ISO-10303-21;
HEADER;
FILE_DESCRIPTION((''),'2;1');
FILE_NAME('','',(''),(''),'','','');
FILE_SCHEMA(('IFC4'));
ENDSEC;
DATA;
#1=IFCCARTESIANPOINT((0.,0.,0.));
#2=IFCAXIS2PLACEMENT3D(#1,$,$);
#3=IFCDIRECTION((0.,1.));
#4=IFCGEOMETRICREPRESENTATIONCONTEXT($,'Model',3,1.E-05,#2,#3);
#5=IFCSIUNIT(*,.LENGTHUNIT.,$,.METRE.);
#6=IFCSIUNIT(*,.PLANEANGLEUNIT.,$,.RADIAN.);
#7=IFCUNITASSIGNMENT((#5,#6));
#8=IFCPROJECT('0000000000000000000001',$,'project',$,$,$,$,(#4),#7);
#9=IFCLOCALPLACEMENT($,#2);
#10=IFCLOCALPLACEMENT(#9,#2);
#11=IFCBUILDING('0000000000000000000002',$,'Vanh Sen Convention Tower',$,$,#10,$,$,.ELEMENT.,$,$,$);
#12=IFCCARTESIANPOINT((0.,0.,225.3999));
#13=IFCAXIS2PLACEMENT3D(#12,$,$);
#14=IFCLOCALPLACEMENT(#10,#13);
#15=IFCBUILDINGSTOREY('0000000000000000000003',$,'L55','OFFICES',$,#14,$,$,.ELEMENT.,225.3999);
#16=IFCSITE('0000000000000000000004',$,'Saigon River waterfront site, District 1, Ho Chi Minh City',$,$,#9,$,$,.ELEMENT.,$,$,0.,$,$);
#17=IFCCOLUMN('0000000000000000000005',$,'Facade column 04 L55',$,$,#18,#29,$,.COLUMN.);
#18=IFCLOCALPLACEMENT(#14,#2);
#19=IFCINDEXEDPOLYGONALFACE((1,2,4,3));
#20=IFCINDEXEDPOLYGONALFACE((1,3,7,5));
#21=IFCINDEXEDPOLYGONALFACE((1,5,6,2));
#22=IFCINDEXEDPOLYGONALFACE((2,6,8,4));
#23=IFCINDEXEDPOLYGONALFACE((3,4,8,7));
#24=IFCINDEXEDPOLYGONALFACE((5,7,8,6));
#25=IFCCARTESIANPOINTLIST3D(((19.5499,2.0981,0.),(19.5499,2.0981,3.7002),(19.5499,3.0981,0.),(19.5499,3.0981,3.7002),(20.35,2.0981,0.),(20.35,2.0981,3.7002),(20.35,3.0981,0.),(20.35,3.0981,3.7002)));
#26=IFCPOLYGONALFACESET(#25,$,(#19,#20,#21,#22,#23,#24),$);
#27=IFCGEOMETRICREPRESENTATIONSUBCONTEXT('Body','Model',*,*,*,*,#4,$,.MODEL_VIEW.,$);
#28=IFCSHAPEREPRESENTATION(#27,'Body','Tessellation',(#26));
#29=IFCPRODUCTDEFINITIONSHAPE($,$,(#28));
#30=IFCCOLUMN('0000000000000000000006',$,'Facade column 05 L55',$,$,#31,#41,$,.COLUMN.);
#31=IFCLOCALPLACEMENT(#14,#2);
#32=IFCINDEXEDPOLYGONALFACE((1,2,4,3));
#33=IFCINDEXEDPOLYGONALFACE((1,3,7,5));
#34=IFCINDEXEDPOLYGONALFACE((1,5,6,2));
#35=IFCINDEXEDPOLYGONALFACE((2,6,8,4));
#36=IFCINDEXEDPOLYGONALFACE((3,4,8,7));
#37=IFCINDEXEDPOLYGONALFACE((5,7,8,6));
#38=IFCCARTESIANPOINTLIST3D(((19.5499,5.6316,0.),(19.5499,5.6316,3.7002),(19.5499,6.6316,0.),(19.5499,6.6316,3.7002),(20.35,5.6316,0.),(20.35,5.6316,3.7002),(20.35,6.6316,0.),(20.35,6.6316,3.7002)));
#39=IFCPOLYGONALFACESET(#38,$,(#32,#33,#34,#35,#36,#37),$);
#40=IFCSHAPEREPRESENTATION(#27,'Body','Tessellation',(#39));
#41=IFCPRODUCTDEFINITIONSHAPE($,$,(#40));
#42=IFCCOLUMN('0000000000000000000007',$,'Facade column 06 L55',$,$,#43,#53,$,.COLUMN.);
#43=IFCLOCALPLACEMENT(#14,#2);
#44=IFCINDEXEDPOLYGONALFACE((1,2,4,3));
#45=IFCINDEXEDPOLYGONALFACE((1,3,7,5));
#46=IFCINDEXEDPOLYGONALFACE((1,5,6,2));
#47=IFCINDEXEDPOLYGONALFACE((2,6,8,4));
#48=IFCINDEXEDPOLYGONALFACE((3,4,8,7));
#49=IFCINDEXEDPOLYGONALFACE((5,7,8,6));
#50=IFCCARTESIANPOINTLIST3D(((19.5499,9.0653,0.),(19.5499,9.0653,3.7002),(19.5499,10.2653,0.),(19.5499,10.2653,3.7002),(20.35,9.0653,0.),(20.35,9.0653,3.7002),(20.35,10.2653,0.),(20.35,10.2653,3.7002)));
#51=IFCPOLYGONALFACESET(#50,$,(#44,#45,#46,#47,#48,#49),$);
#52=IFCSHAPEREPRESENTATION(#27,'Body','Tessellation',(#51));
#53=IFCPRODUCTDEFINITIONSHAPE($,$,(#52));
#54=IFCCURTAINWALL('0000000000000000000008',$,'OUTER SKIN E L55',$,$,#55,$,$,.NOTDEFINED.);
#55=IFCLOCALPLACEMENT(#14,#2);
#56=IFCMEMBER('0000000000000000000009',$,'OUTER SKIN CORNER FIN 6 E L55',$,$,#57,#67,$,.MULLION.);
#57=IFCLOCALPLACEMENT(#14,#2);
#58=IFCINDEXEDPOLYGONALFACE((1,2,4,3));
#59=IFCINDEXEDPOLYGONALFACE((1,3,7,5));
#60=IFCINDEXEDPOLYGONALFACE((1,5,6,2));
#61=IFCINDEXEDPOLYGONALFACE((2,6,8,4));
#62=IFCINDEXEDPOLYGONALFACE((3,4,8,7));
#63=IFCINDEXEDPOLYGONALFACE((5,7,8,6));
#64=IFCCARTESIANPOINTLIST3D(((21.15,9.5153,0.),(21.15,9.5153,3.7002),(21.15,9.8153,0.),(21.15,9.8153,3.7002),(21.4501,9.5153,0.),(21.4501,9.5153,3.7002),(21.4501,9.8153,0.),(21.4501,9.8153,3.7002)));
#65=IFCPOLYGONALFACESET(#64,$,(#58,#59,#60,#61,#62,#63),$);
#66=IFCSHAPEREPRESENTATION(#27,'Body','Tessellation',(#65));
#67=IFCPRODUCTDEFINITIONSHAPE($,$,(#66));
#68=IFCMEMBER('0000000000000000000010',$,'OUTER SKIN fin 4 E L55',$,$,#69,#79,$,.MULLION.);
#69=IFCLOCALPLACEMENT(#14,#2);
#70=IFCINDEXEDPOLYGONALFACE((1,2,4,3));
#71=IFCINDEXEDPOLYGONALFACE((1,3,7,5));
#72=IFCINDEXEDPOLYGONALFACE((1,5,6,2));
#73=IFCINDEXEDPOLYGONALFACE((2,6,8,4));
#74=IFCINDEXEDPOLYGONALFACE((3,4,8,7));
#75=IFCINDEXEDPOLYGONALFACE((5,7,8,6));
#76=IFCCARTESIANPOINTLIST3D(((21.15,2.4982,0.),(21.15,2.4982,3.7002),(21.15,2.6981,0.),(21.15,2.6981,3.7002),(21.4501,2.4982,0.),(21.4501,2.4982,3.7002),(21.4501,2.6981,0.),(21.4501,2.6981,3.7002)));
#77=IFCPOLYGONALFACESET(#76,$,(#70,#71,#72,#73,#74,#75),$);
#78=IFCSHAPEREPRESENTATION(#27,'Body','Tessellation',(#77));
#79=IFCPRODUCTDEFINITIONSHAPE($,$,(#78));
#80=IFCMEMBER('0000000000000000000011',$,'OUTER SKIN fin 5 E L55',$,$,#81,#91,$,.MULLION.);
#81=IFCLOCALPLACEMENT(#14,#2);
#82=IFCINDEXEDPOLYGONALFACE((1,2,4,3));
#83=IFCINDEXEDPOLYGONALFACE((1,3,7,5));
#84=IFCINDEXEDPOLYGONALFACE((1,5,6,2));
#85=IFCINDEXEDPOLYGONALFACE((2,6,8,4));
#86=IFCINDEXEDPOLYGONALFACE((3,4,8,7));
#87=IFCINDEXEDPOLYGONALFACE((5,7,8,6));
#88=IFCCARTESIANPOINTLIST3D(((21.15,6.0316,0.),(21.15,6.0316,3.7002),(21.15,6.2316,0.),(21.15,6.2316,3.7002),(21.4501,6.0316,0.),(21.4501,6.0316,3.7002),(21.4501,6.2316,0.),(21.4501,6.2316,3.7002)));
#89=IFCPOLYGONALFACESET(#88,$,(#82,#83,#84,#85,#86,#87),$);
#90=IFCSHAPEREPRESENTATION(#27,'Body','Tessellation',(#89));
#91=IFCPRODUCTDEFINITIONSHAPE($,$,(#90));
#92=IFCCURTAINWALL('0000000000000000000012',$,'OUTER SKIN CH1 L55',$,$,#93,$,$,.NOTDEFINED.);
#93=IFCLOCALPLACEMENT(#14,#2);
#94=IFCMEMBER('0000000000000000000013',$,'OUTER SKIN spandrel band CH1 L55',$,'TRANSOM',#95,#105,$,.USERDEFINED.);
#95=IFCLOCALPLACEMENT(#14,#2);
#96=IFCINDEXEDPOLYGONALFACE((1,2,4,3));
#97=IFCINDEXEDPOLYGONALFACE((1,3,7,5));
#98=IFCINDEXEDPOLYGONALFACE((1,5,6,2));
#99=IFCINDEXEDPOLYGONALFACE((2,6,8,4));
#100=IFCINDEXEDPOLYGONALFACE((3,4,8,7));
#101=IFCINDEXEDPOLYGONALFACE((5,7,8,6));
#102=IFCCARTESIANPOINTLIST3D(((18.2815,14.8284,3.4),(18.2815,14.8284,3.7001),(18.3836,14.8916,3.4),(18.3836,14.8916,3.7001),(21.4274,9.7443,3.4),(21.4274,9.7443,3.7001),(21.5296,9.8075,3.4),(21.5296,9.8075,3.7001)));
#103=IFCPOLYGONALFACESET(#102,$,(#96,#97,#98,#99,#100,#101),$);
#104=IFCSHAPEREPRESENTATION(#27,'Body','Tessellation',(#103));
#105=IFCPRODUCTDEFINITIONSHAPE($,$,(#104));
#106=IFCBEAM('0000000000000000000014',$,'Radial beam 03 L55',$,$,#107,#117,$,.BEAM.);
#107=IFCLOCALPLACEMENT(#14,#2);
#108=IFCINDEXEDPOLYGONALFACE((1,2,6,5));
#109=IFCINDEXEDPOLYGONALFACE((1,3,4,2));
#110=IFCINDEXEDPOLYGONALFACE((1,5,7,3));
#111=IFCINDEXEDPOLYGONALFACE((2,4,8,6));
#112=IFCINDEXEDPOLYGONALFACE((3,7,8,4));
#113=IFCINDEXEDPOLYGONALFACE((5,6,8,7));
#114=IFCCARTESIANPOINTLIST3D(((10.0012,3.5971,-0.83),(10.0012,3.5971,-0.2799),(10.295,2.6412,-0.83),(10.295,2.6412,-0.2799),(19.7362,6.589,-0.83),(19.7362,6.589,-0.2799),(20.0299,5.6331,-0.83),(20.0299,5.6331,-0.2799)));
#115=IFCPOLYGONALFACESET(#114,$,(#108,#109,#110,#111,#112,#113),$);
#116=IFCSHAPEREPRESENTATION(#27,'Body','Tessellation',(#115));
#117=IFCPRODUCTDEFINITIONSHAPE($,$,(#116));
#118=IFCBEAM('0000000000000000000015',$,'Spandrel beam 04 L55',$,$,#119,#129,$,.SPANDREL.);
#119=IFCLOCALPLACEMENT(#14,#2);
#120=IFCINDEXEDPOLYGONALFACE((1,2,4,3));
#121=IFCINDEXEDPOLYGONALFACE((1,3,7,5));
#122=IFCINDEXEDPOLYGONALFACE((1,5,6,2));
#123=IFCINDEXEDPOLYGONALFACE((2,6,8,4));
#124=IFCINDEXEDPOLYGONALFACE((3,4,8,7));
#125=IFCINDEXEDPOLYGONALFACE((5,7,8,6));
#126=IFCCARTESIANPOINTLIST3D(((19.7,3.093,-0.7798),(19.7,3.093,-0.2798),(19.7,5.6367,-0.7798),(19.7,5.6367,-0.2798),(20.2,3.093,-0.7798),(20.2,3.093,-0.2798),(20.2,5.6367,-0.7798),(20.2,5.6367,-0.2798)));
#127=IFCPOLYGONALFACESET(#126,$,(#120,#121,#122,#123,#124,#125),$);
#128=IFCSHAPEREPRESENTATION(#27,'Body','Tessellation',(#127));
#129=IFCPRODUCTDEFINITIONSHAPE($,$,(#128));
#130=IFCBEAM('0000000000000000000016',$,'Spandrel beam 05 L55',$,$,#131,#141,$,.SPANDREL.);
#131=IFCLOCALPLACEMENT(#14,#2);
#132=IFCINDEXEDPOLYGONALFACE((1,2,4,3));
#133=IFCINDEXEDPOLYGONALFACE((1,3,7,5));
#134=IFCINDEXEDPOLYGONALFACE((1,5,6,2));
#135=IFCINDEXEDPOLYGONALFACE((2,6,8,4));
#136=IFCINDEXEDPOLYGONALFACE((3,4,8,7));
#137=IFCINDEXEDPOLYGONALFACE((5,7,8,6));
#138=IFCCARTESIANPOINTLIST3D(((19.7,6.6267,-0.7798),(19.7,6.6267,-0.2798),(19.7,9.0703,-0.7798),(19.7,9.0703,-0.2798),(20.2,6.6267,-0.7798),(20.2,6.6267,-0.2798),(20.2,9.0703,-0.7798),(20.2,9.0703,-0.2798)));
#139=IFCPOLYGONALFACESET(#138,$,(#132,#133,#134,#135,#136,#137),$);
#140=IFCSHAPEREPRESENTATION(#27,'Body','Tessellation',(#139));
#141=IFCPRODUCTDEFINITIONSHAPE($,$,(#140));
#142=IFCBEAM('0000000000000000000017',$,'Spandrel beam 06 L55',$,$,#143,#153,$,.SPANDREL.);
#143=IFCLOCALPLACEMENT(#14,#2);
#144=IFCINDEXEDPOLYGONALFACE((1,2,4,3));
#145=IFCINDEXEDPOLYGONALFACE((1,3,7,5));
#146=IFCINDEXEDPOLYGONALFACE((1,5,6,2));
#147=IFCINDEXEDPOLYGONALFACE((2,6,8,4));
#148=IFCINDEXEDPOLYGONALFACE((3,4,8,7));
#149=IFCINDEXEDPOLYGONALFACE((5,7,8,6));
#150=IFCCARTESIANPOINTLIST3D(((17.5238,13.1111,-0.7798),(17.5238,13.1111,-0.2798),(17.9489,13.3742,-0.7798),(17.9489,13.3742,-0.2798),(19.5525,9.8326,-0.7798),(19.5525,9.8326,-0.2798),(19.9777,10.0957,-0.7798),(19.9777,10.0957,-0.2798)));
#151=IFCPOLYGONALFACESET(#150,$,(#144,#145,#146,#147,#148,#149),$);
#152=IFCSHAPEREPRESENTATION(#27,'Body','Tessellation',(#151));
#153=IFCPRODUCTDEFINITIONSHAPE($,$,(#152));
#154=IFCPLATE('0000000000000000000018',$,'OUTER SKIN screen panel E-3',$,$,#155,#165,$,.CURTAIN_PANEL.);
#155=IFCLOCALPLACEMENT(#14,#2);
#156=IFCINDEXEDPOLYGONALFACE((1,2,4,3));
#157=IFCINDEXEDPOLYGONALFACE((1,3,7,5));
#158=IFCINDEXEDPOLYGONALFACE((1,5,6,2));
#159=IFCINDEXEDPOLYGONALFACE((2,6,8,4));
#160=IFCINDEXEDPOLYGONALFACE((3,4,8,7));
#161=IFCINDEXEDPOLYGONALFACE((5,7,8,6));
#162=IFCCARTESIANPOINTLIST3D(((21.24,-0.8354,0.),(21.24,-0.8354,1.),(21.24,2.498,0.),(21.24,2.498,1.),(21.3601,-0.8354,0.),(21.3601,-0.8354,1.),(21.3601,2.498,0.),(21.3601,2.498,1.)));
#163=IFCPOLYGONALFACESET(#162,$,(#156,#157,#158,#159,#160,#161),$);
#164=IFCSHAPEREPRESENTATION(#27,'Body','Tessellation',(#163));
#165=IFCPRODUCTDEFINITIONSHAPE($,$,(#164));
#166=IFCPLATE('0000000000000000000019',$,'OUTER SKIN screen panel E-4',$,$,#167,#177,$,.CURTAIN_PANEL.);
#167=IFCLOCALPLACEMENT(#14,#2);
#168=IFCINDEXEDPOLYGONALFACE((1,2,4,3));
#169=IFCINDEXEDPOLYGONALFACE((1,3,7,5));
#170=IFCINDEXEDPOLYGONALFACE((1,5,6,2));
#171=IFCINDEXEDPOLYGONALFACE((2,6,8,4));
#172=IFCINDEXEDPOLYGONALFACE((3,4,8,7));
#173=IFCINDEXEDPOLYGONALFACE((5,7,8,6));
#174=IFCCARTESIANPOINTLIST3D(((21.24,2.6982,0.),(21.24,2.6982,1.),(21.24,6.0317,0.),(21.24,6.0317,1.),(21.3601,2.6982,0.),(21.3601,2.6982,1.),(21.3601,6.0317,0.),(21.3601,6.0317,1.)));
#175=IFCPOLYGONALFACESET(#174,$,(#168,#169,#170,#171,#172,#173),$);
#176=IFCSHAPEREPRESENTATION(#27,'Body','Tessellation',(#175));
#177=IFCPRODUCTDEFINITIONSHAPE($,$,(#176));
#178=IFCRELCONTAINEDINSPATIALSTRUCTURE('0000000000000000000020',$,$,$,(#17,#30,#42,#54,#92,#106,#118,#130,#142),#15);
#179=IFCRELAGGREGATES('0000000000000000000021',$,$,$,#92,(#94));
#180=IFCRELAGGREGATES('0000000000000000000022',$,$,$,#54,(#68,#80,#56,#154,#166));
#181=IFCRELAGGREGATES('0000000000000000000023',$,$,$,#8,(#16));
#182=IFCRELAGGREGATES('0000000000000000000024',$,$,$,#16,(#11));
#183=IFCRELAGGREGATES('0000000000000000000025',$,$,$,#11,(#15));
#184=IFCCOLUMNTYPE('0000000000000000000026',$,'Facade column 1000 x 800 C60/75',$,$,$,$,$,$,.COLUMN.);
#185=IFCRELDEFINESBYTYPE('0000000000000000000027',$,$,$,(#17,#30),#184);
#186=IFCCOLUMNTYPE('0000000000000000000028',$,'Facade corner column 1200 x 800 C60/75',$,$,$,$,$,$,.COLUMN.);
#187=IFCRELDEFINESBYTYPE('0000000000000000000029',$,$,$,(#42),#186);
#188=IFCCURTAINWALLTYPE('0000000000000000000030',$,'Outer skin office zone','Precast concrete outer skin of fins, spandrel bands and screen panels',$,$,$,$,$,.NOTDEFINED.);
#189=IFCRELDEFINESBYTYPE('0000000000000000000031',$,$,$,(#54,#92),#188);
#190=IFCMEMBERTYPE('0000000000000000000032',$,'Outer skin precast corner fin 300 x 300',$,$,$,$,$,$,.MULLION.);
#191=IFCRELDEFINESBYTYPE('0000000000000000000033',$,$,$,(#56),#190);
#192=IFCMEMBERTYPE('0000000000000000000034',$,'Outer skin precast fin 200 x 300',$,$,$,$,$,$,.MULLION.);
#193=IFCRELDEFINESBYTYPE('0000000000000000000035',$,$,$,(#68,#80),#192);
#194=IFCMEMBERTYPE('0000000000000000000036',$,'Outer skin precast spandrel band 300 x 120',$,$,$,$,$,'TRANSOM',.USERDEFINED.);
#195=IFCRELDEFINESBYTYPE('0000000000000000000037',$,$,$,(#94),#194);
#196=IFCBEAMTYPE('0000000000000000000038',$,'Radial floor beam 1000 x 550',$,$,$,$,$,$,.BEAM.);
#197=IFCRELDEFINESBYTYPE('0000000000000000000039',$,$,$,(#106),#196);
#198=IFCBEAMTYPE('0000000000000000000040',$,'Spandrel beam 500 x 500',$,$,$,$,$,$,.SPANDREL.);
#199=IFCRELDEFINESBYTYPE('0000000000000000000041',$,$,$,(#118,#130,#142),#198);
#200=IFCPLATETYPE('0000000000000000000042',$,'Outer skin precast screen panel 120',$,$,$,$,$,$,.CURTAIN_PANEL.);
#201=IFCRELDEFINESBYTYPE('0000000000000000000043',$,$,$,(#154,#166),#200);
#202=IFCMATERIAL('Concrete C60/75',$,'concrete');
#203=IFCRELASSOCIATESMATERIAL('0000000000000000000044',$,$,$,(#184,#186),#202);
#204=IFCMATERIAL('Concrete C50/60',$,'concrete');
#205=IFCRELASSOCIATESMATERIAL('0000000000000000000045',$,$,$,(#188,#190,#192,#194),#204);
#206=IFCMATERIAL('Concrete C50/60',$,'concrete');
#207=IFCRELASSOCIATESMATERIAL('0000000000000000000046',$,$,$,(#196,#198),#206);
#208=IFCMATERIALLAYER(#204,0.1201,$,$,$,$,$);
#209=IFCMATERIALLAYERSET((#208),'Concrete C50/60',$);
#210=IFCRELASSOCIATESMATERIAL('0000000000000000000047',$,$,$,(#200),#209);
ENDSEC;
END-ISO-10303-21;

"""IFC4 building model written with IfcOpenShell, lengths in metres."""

from ifc_helpers import new_model, si_unit, direction, frame, origin, origin_2d, place, context, subcontext, project, spatial, rectangle, extrude, material, layer, layer_set, material_profile, profile_set, type_object, element, aggregate, save


model = new_model("IFC4")

# Units and contexts
model_context = context("Model", 3, precision=1e-05, world=origin(), true_north=direction((0.0, 1.0)))
body_context = subcontext(model_context, "Body", "Model", "MODEL_VIEW")
ifc_project = project(units=[si_unit("LENGTHUNIT", "METRE"), si_unit("PLANEANGLEUNIT", "RADIAN")], contexts=[model_context])

# Site, building, storey
site_placement = place(None, origin())
site = spatial("IfcSite", under=ifc_project, at=site_placement, Name="Saigon River waterfront site, District 1, Ho Chi Minh City", CompositionType="ELEMENT", RefElevation=0.0)
building_placement = place(site_placement, origin())
building = spatial("IfcBuilding", under=site, at=building_placement, Name="Vanh Sen Convention Tower", CompositionType="ELEMENT")
storey_placement = place(building_placement, frame((0.0, 0.0, 225.3999)))
storey = spatial("IfcBuildingStorey", under=building, at=storey_placement, Name="L55", Description="OFFICES", CompositionType="ELEMENT", Elevation=225.3999)

# Columns
ifc_material_1 = material(Name="Concrete C60/75", Category="concrete")
ifc_material_profile_1 = material_profile(ifc_material_1, rectangle(XDim=1.0, YDim=0.8, at=origin_2d()), Name="RC 1000X800")
ifc_profile_set_1 = profile_set([ifc_material_profile_1], Name="Concrete C60/75")
column_type_1 = type_object("IfcColumnType", Name="Facade column 1000 x 800 C60/75", PredefinedType="COLUMN", material=ifc_profile_set_1)
for number, where, z_axis, x_axis, name in (
    (1, (19.95, 2.5981, 0.0), (0.0, 0.0, 1.0), (0.0, 1.0, 0.0), "Facade column 04 L55"),
    (2, (19.95, 6.1316, 0.0), (0.0, 0.0, 1.0), (0.0, 1.0, 0.0), "Facade column 05 L55"),
):
    element("IfcColumn", number, at=place(storey_placement, frame(where, z_axis=z_axis, x_axis=x_axis)), inside=storey, type_object=column_type_1, Name=name, PredefinedType="COLUMN", context=body_context, shape_type="SweptSolid", body=[
        extrude(rectangle(XDim=1.0, YDim=0.8, at=origin_2d()), origin(), (0.0, 0.0, 1.0), 3.7002),
    ])
ifc_material_profile_2 = material_profile(ifc_material_1, rectangle(XDim=1.2, YDim=0.8, at=origin_2d()), Name="RC 1200X800")
ifc_profile_set_2 = profile_set([ifc_material_profile_2], Name="Concrete C60/75")
column_type_2 = type_object("IfcColumnType", Name="Facade corner column 1200 x 800 C60/75", PredefinedType="COLUMN", material=ifc_profile_set_2)
column_placement = place(storey_placement, frame((19.95, 9.6653, 0.0), z_axis=(0.0, 0.0, 1.0), x_axis=(0.0, 1.0, 0.0)))
element("IfcColumn", 3, at=column_placement, inside=storey, type_object=column_type_2, Name="Facade column 06 L55", PredefinedType="COLUMN", context=body_context, shape_type="SweptSolid", body=[
    extrude(rectangle(XDim=1.2, YDim=0.8, at=origin_2d()), origin(), (0.0, 0.0, 1.0), 3.7002),
])

# Curtain wall, members
ifc_material_2 = material(Name="Concrete C50/60", Category="concrete")
curtain_wall_type = type_object("IfcCurtainWallType", Name="Outer skin office zone", Description="Precast concrete outer skin of fins, spandrel bands and screen panels", PredefinedType="NOTDEFINED", material=ifc_material_2)
curtain_wall_1_placement = place(storey_placement, origin())
curtain_wall_1 = element("IfcCurtainWall", 4, at=curtain_wall_1_placement, inside=storey, type_object=curtain_wall_type, Name="OUTER SKIN E L55", PredefinedType="NOTDEFINED")
ifc_material_profile_3 = material_profile(ifc_material_2, rectangle(XDim=0.3, YDim=0.3, at=origin_2d()), Name="Outer skin precast corner fin 300 x 300")
ifc_profile_set_3 = profile_set([ifc_material_profile_3], Name="Concrete C50/60")
member_type_1 = type_object("IfcMemberType", Name="Outer skin precast corner fin 300 x 300", PredefinedType="MULLION", material=ifc_profile_set_3)
member_1_placement = place(storey_placement, frame((21.3, 9.6653, 0.0), z_axis=(0.0, 0.0, 1.0), x_axis=(0.0, 1.0, 0.0)))
member_1 = element("IfcMember", 5, at=member_1_placement, type_object=member_type_1, Name="OUTER SKIN CORNER FIN 6 E L55", PredefinedType="MULLION", context=body_context, shape_type="SweptSolid", body=[
    extrude(rectangle(XDim=0.3, YDim=0.3, at=origin_2d()), origin(), (0.0, 0.0, 1.0), 3.7002),
])
ifc_material_profile_4 = material_profile(ifc_material_2, rectangle(XDim=0.2, YDim=0.3, at=origin_2d()), Name="Outer skin precast fin 200 x 300")
ifc_profile_set_4 = profile_set([ifc_material_profile_4], Name="Concrete C50/60")
member_type_2 = type_object("IfcMemberType", Name="Outer skin precast fin 200 x 300", PredefinedType="MULLION", material=ifc_profile_set_4)
member_2_placement = place(storey_placement, frame((21.3, 2.5981, 0.0), z_axis=(0.0, 0.0, 1.0), x_axis=(0.0, 1.0, 0.0)))
member_2 = element("IfcMember", 6, at=member_2_placement, type_object=member_type_2, Name="OUTER SKIN fin 4 E L55", PredefinedType="MULLION", context=body_context, shape_type="SweptSolid", body=[
    extrude(rectangle(XDim=0.2, YDim=0.3, at=origin_2d()), origin(), (0.0, 0.0, 1.0), 3.7002),
])
member_3_placement = place(storey_placement, frame((21.3, 6.1316, 0.0), z_axis=(0.0, 0.0, 1.0), x_axis=(0.0, 1.0, 0.0)))
member_3 = element("IfcMember", 7, at=member_3_placement, type_object=member_type_2, Name="OUTER SKIN fin 5 E L55", PredefinedType="MULLION", context=body_context, shape_type="SweptSolid", body=[
    extrude(rectangle(XDim=0.2, YDim=0.3, at=origin_2d()), origin(), (0.0, 0.0, 1.0), 3.7002),
])

# Curtain wall, member
curtain_wall_2_placement = place(storey_placement, origin())
curtain_wall_2 = element("IfcCurtainWall", 8, at=curtain_wall_2_placement, inside=storey, type_object=curtain_wall_type, Name="OUTER SKIN CH1 L55", PredefinedType="NOTDEFINED")
ifc_material_profile_5 = material_profile(ifc_material_2, rectangle(XDim=0.1201, YDim=0.3, at=origin_2d()), Name="Outer skin precast spandrel band 300 x 120")
ifc_profile_set_5 = profile_set([ifc_material_profile_5], Name="Concrete C50/60")
member_type_3 = type_object("IfcMemberType", Name="Outer skin precast spandrel band 300 x 120", ElementType="TRANSOM", PredefinedType="USERDEFINED", material=ifc_profile_set_5)
member_4_placement = place(storey_placement, frame((21.4785, 9.7759, 3.55), z_axis=(-0.526187, 0.850369, 0.0), x_axis=(-0.850369, -0.526187, 0.0)))
member_4 = element("IfcMember", 9, at=member_4_placement, type_object=member_type_3, Name="OUTER SKIN spandrel band CH1 L55", ObjectType="TRANSOM", PredefinedType="USERDEFINED", context=body_context, shape_type="SweptSolid", body=[
    extrude(rectangle(XDim=0.1201, YDim=0.3, at=origin_2d()), origin(), (0.0, 0.0, 1.0), 5.9788),
])
aggregate(curtain_wall_2, [member_4])

# Beams
ifc_material_3 = material(Name="Concrete C50/60", Category="concrete")
ifc_material_profile_6 = material_profile(ifc_material_3, rectangle(XDim=1.0, YDim=0.55, at=origin_2d()), Name="RC 1000X550")
ifc_profile_set_6 = profile_set([ifc_material_profile_6], Name="Concrete C50/60")
beam_type_1 = type_object("IfcBeamType", Name="Radial floor beam 1000 x 550", PredefinedType="BEAM", material=ifc_profile_set_6)
beam_1_placement = place(storey_placement, frame((19.8831, 6.1111, -0.5549), z_axis=(-0.955873, -0.293781, 0.0), x_axis=(0.293781, -0.955873, 0.0)))
element("IfcBeam", 10, at=beam_1_placement, inside=storey, type_object=beam_type_1, Name="Radial beam 03 L55", PredefinedType="BEAM", context=body_context, shape_type="SweptSolid", body=[
    extrude(rectangle(XDim=1.0, YDim=0.55, at=origin_2d()), origin(), (0.0, 0.0, 1.0), 10.1843),
])
ifc_material_profile_7 = material_profile(ifc_material_3, rectangle(XDim=0.5, YDim=0.5, at=origin_2d()), Name="RC 500X500")
ifc_profile_set_7 = profile_set([ifc_material_profile_7], Name="Concrete C50/60")
beam_type_2 = type_object("IfcBeamType", Name="Spandrel beam 500 x 500", PredefinedType="SPANDREL", material=ifc_profile_set_7)
beam_2_placement = place(storey_placement, frame((19.95, 3.093, -0.5298), z_axis=(0.0, 1.0, 0.0), x_axis=(-1.0, 0.0, 0.0)))
element("IfcBeam", 11, at=beam_2_placement, inside=storey, type_object=beam_type_2, Name="Spandrel beam 04 L55", PredefinedType="SPANDREL", context=body_context, shape_type="SweptSolid", body=[
    extrude(rectangle(XDim=0.5, YDim=0.5, at=origin_2d()), origin(), (0.0, 0.0, 1.0), 2.5437),
])
beam_3_placement = place(storey_placement, frame((19.95, 6.6267, -0.5298), z_axis=(0.0, 1.0, 0.0), x_axis=(-1.0, 0.0, 0.0)))
element("IfcBeam", 12, at=beam_3_placement, inside=storey, type_object=beam_type_2, Name="Spandrel beam 05 L55", PredefinedType="SPANDREL", context=body_context, shape_type="SweptSolid", body=[
    extrude(rectangle(XDim=0.5, YDim=0.5, at=origin_2d()), origin(), (0.0, 0.0, 1.0), 2.4436),
])
beam_4_placement = place(storey_placement, frame((19.7651, 9.9641, -0.5298), z_axis=(-0.526209, 0.850356, 0.0), x_axis=(-0.850356, -0.526209, 0.0)))
element("IfcBeam", 13, at=beam_4_placement, inside=storey, type_object=beam_type_2, Name="Spandrel beam 06 L55", PredefinedType="SPANDREL", context=body_context, shape_type="SweptSolid", body=[
    extrude(rectangle(XDim=0.5, YDim=0.5, at=origin_2d()), origin(), (0.0, 0.0, 1.0), 3.8555),
])

# Plates
ifc_layer_1 = layer(ifc_material_2, 0.1201)
ifc_layer_set_1 = layer_set([ifc_layer_1], Name="Concrete C50/60")
plate_type = type_object("IfcPlateType", Name="Outer skin precast screen panel 120", PredefinedType="CURTAIN_PANEL", material=ifc_layer_set_1)
plate_1_placement = place(storey_placement, frame((21.3, 0.8313, 0.0), z_axis=(0.0, 0.0, 1.0), x_axis=(0.0, 1.0, 0.0)))
plate_1 = element("IfcPlate", 14, at=plate_1_placement, type_object=plate_type, Name="OUTER SKIN screen panel E-3", PredefinedType="CURTAIN_PANEL", context=body_context, shape_type="SweptSolid", body=[
    extrude(rectangle(XDim=3.3335, YDim=0.1201, at=origin_2d()), origin(), (0.0, 0.0, 1.0), 1.0),
])
plate_2_placement = place(storey_placement, frame((21.3, 4.365, 0.0), z_axis=(0.0, 0.0, 1.0), x_axis=(0.0, 1.0, 0.0)))
plate_2 = element("IfcPlate", 15, at=plate_2_placement, type_object=plate_type, Name="OUTER SKIN screen panel E-4", PredefinedType="CURTAIN_PANEL", context=body_context, shape_type="SweptSolid", body=[
    extrude(rectangle(XDim=3.3335, YDim=0.1201, at=origin_2d()), origin(), (0.0, 0.0, 1.0), 1.0),
])
aggregate(curtain_wall_1, [member_2, member_3, member_1, plate_1, plate_2])

save(model, "model.ifc")
